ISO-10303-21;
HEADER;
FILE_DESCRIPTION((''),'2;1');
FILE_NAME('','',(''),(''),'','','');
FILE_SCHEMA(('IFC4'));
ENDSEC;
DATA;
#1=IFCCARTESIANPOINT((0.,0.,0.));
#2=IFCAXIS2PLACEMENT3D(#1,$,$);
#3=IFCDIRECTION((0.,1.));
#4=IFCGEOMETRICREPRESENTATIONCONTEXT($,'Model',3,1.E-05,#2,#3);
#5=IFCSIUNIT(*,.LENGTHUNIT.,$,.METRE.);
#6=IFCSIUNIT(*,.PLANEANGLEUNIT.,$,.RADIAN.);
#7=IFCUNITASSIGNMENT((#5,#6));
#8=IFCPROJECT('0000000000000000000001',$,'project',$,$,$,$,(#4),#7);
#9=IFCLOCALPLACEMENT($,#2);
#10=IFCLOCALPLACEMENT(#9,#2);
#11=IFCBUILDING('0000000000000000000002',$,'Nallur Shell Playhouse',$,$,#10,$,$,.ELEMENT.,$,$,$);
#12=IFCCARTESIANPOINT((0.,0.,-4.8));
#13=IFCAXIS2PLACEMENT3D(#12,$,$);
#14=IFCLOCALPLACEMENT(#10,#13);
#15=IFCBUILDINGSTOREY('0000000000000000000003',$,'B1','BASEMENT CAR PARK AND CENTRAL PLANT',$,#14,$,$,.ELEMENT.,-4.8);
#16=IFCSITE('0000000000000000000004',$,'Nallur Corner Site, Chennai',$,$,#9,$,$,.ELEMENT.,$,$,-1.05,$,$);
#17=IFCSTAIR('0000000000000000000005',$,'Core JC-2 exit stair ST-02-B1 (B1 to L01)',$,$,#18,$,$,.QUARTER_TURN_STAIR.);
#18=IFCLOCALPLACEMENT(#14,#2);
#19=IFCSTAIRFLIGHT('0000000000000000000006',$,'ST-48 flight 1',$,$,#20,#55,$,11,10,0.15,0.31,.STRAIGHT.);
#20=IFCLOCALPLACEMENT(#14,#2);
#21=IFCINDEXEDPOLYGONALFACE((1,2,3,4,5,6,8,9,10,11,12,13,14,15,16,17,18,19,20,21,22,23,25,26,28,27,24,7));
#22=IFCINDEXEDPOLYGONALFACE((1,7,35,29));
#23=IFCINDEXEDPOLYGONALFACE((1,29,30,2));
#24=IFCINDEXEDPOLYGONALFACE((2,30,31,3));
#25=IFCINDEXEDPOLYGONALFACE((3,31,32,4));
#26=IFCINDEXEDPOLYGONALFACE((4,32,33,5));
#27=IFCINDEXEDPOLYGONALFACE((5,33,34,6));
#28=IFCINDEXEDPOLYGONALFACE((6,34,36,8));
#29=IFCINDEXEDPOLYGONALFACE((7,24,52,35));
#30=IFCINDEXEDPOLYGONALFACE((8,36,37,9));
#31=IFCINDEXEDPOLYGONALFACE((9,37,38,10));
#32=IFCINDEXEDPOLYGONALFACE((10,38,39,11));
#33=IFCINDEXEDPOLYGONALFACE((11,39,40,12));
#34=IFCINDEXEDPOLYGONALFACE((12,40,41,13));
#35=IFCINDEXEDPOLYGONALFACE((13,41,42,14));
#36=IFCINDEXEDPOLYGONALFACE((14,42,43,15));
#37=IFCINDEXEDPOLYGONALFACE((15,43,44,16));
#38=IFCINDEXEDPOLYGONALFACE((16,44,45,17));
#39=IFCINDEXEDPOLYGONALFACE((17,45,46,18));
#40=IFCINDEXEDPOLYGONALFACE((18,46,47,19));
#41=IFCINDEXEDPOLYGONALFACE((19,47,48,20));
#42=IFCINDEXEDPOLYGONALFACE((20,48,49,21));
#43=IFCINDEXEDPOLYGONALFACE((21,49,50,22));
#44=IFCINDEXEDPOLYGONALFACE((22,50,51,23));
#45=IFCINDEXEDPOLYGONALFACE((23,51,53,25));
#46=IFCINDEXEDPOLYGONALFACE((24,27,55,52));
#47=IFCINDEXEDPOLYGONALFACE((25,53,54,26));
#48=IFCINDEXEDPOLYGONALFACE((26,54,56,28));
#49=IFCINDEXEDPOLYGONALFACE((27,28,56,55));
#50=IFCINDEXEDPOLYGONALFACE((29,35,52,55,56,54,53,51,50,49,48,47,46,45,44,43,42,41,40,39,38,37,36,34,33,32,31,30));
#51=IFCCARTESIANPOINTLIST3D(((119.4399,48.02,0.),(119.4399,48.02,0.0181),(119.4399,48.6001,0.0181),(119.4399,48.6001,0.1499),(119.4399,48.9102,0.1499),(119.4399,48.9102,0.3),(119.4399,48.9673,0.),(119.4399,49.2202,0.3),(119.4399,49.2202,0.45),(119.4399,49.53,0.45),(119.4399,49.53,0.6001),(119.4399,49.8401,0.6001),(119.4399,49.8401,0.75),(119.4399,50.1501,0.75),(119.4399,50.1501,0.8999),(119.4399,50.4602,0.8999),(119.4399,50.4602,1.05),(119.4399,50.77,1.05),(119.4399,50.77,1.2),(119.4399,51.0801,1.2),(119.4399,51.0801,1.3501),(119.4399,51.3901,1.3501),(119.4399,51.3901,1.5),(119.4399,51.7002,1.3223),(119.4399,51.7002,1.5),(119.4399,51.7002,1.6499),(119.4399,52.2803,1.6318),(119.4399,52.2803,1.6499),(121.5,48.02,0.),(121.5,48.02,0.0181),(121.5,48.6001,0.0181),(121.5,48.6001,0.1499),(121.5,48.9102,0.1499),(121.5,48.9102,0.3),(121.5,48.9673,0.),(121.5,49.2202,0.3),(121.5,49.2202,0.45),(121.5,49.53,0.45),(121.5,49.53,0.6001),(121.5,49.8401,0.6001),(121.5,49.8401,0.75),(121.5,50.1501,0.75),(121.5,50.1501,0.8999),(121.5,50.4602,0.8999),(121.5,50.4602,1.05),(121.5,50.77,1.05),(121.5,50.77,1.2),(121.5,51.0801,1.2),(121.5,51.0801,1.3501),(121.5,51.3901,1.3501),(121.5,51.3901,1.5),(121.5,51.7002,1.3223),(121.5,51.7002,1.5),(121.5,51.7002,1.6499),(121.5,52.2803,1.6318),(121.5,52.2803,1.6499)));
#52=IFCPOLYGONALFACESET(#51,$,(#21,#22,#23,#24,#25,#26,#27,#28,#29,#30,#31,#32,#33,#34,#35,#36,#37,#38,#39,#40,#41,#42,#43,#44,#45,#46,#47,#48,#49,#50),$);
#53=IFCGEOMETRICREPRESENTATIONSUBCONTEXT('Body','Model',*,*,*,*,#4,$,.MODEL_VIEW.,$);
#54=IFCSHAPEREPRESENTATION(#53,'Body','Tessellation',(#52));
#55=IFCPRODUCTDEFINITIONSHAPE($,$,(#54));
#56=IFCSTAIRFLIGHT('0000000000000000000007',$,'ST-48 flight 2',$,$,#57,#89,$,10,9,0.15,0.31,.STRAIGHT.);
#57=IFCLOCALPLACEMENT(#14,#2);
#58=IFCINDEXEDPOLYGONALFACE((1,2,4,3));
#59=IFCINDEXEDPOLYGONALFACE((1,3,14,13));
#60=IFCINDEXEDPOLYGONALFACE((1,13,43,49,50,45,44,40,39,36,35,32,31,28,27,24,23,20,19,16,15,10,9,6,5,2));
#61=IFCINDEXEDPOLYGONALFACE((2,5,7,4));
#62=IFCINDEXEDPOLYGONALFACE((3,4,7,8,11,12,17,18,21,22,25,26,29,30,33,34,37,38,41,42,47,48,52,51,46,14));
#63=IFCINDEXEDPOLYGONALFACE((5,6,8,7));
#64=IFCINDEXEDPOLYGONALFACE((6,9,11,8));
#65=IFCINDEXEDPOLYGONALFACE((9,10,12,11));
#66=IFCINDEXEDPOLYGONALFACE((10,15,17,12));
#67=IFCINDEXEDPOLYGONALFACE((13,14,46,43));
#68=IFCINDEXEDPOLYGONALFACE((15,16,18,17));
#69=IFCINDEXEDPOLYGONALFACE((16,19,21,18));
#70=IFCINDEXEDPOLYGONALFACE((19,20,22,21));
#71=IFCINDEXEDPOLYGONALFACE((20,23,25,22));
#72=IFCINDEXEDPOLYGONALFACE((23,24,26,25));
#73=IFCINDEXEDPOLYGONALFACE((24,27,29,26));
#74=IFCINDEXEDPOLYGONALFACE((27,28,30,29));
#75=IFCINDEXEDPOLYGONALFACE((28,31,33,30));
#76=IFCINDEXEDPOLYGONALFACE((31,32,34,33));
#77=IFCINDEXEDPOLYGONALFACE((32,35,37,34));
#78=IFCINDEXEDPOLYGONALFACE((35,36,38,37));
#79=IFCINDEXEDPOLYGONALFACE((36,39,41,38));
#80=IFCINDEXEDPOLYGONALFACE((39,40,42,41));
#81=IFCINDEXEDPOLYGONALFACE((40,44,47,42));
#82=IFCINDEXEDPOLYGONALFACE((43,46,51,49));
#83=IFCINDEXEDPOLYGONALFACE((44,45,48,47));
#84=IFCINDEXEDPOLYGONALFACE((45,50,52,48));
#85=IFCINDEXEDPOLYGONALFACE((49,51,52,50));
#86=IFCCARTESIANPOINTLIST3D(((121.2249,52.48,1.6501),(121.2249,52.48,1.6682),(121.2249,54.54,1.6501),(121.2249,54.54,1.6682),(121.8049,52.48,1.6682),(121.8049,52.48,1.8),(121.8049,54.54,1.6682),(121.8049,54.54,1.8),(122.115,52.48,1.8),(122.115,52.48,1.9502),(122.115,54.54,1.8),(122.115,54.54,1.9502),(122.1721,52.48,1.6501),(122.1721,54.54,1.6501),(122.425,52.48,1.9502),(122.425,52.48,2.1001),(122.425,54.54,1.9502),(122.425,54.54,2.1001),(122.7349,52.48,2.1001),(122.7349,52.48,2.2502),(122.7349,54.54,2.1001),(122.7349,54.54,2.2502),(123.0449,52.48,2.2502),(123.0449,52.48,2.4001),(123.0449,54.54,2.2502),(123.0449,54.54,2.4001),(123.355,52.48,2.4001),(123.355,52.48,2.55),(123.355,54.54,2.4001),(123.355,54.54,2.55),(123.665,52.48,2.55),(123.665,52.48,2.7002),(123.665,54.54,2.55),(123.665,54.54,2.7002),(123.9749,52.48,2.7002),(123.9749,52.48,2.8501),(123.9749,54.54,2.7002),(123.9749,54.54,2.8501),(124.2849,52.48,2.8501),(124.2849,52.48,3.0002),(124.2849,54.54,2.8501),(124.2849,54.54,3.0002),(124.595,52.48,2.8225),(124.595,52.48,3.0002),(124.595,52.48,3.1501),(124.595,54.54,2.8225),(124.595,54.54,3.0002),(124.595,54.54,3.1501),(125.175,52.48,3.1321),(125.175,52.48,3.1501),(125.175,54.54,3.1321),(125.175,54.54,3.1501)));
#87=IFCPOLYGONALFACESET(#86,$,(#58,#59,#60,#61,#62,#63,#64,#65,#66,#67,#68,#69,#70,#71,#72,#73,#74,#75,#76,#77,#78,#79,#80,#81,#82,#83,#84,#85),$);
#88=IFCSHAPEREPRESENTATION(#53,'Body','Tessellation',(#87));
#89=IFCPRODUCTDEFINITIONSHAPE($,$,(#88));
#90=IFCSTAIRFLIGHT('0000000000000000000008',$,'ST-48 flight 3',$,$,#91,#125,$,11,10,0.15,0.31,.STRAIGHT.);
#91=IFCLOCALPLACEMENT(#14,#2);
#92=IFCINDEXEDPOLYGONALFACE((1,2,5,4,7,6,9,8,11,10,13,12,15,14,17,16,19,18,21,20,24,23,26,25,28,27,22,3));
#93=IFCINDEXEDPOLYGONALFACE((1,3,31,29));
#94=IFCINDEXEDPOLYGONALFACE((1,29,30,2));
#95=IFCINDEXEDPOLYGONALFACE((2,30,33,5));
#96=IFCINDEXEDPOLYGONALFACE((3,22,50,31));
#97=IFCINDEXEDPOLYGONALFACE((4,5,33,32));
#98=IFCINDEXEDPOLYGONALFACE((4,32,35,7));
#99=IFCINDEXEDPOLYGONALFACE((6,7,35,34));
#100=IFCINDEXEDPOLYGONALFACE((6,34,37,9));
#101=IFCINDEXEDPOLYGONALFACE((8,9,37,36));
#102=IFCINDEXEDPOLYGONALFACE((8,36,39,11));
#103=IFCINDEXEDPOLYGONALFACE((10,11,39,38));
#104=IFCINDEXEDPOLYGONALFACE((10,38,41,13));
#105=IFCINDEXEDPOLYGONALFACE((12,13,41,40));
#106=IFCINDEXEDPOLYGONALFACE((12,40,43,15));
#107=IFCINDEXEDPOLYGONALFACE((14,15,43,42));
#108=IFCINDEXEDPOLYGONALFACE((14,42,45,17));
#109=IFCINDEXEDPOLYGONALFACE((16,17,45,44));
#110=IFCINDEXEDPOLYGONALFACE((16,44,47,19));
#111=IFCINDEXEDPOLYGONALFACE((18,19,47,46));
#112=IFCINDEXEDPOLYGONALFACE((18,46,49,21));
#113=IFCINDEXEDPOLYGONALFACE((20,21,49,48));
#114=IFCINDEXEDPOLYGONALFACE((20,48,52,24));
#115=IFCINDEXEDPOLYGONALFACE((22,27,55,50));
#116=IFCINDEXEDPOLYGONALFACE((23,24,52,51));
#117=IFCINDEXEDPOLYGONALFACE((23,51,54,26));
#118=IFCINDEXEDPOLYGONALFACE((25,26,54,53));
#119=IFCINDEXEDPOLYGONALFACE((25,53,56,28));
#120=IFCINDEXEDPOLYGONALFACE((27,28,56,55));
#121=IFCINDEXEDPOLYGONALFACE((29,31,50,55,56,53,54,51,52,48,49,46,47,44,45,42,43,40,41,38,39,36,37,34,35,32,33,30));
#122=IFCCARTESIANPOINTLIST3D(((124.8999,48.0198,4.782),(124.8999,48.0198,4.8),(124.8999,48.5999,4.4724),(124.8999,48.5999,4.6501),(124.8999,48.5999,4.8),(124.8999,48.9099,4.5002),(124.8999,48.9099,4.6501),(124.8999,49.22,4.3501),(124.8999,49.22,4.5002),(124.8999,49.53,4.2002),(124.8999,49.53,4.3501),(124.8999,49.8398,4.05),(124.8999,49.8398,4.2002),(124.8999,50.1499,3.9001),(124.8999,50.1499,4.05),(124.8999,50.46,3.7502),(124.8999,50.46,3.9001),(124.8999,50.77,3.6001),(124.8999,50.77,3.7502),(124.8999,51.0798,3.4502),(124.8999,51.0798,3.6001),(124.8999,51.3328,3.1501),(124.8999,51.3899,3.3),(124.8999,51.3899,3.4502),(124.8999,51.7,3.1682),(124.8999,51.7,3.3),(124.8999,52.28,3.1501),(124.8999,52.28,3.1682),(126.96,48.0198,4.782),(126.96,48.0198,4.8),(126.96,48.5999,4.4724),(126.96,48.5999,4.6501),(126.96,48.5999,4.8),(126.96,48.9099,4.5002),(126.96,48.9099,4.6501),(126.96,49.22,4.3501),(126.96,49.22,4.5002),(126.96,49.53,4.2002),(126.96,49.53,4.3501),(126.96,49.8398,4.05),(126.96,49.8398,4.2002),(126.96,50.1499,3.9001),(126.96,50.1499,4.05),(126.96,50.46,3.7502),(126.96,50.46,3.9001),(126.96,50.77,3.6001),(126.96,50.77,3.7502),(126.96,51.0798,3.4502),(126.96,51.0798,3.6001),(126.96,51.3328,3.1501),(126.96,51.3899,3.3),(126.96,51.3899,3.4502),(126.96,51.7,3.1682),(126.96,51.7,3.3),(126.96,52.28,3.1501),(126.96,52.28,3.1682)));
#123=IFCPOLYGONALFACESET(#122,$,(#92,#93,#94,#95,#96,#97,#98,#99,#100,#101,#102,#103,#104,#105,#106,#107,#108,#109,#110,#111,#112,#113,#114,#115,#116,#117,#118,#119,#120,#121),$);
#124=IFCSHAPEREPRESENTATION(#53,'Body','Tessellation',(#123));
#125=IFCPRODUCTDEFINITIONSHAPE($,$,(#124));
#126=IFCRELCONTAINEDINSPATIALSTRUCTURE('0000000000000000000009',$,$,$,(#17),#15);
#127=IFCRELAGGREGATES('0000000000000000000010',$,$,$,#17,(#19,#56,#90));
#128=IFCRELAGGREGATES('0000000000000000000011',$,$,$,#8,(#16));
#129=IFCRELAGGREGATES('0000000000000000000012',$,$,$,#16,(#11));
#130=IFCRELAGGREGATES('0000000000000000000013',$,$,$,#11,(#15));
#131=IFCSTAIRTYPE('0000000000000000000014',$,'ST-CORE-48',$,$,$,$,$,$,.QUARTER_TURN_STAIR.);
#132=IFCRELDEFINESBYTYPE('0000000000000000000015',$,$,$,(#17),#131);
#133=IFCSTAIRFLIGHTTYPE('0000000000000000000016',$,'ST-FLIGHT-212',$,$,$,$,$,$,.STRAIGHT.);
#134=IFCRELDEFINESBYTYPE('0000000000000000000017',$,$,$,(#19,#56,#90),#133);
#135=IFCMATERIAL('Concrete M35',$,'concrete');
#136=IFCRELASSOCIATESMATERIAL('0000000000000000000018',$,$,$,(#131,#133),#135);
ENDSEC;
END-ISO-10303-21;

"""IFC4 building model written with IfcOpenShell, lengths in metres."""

from ifc_helpers import new_model, si_unit, direction, frame, origin, place, context, subcontext, project, spatial, polyline, outline, extrude, material, type_object, element, aggregate, save


model = new_model("IFC4")

# Units and contexts
model_context = context("Model", 3, precision=1e-05, world=origin(), true_north=direction((0.0, 1.0)))
body_context = subcontext(model_context, "Body", "Model", "MODEL_VIEW")
ifc_project = project(units=[si_unit("LENGTHUNIT", "METRE"), si_unit("PLANEANGLEUNIT", "RADIAN")], contexts=[model_context])

# Site, building, storey
site_placement = place(None, origin())
site = spatial("IfcSite", under=ifc_project, at=site_placement, Name="Nallur Corner Site, Chennai", CompositionType="ELEMENT", RefElevation=-1.05)
building_placement = place(site_placement, origin())
building = spatial("IfcBuilding", under=site, at=building_placement, Name="Nallur Shell Playhouse", CompositionType="ELEMENT")
storey_placement = place(building_placement, frame((0.0, 0.0, -4.8)))
storey = spatial("IfcBuildingStorey", under=building, at=storey_placement, Name="B1", Description="BASEMENT CAR PARK AND CENTRAL PLANT", CompositionType="ELEMENT", Elevation=-4.8)

# Shared definitions
ifc_material_1 = material(Name="Concrete M35", Category="concrete")

# Stair, stair flights
stair_type = type_object("IfcStairType", Name="ST-CORE-48", PredefinedType="QUARTER_TURN_STAIR", material=ifc_material_1)
stair_placement = place(storey_placement, origin())
stair = element("IfcStair", 1, at=stair_placement, inside=storey, type_object=stair_type, Name="Core JC-2 exit stair ST-02-B1 (B1 to L01)", PredefinedType="QUARTER_TURN_STAIR")
stair_flight_type = type_object("IfcStairFlightType", Name="ST-FLIGHT-212", PredefinedType="STRAIGHT", material=ifc_material_1)
stair_flight_1_placement = place(storey_placement, frame((120.47, 48.6001, 0.0), z_axis=(0.0, 0.0, 1.0), x_axis=(0.0, 1.0, 0.0)))
stair_flight_1 = element("IfcStairFlight", 2, at=stair_flight_1_placement, type_object=stair_flight_type, Name="ST-48 flight 1", NumberOfRisers=11, NumberOfTreads=10, PredefinedType="STRAIGHT", RiserHeight=0.15, TreadLength=0.31, context=body_context, shape_type="SweptSolid", body=[
    extrude(outline(polyline([(-0.5801, 0.0), (-0.5801, 0.0181), (0.0, 0.0181), (0.0, 0.1499), (0.3101, 0.1499), (0.3101, 0.3), (0.6201, 0.3), (0.6201, 0.45), (0.9299, 0.45), (0.9299, 0.6001), (1.24, 0.6001), (1.24, 0.75), (1.55, 0.75), (1.55, 0.8999), (1.8601, 0.8999), (1.8601, 1.05), (2.1699, 1.05), (2.1699, 1.2), (2.48, 1.2), (2.48, 1.3501), (2.79, 1.3501), (2.79, 1.5), (3.1001, 1.5), (3.1001, 1.6499), (3.6802, 1.6499), (3.6802, 1.6318), (3.1001, 1.3223), (0.3672, 0.0), (-0.5801, 0.0)])), frame((0.0, 1.03, 0.0), z_axis=(0.0, -1.0, 0.0), x_axis=(1.0, 0.0, 0.0)), (0.0, 0.0, 1.0), 2.0601),
])
stair_flight_2_placement = place(storey_placement, frame((121.8049, 53.51, 1.6501), z_axis=(0.0, 0.0, 1.0), x_axis=(1.0, 0.0, 0.0)))
stair_flight_2 = element("IfcStairFlight", 3, at=stair_flight_2_placement, type_object=stair_flight_type, Name="ST-48 flight 2", NumberOfRisers=10, NumberOfTreads=9, PredefinedType="STRAIGHT", RiserHeight=0.15, TreadLength=0.31, context=body_context, shape_type="SweptSolid", body=[
    extrude(outline(polyline([(-0.5801, 0.0), (-0.5801, 0.0181), (0.0, 0.0181), (0.0, 0.1499), (0.3101, 0.1499), (0.3101, 0.3), (0.6201, 0.3), (0.6201, 0.45), (0.9299, 0.45), (0.9299, 0.6001), (1.24, 0.6001), (1.24, 0.75), (1.55, 0.75), (1.55, 0.8999), (1.8601, 0.8999), (1.8601, 1.05), (2.1699, 1.05), (2.1699, 1.2), (2.48, 1.2), (2.48, 1.3501), (2.79, 1.3501), (2.79, 1.5), (3.3701, 1.5), (3.3701, 1.4819), (2.79, 1.1724), (0.3672, 0.0), (-0.5801, 0.0)])), frame((0.0, 1.03, 0.0), z_axis=(0.0, -1.0, 0.0), x_axis=(1.0, 0.0, 0.0)), (0.0, 0.0, 1.0), 2.0601),
])
stair_flight_3_placement = place(storey_placement, frame((125.9299, 51.7, 3.1501), z_axis=(0.0, 0.0, 1.0), x_axis=(0.0, -1.0, 0.0)))
stair_flight_3 = element("IfcStairFlight", 4, at=stair_flight_3_placement, type_object=stair_flight_type, Name="ST-48 flight 3", NumberOfRisers=11, NumberOfTreads=10, PredefinedType="STRAIGHT", RiserHeight=0.15, TreadLength=0.31, context=body_context, shape_type="SweptSolid", body=[
    extrude(outline(polyline([(-0.5801, 0.0), (-0.5801, 0.0181), (0.0, 0.0181), (0.0, 0.1499), (0.3101, 0.1499), (0.3101, 0.3), (0.6201, 0.3), (0.6201, 0.45), (0.9299, 0.45), (0.9299, 0.6001), (1.24, 0.6001), (1.24, 0.75), (1.55, 0.75), (1.55, 0.8999), (1.8601, 0.8999), (1.8601, 1.05), (2.1699, 1.05), (2.1699, 1.2), (2.48, 1.2), (2.48, 1.3501), (2.79, 1.3501), (2.79, 1.5), (3.1001, 1.5), (3.1001, 1.6499), (3.6802, 1.6499), (3.6802, 1.6318), (3.1001, 1.3223), (0.3672, 0.0), (-0.5801, 0.0)])), frame((0.0, 1.03, 0.0), z_axis=(0.0, -1.0, 0.0), x_axis=(1.0, 0.0, 0.0)), (0.0, 0.0, 1.0), 2.0601),
])
aggregate(stair, [stair_flight_1, stair_flight_2, stair_flight_3])

save(model, "model.ifc")
